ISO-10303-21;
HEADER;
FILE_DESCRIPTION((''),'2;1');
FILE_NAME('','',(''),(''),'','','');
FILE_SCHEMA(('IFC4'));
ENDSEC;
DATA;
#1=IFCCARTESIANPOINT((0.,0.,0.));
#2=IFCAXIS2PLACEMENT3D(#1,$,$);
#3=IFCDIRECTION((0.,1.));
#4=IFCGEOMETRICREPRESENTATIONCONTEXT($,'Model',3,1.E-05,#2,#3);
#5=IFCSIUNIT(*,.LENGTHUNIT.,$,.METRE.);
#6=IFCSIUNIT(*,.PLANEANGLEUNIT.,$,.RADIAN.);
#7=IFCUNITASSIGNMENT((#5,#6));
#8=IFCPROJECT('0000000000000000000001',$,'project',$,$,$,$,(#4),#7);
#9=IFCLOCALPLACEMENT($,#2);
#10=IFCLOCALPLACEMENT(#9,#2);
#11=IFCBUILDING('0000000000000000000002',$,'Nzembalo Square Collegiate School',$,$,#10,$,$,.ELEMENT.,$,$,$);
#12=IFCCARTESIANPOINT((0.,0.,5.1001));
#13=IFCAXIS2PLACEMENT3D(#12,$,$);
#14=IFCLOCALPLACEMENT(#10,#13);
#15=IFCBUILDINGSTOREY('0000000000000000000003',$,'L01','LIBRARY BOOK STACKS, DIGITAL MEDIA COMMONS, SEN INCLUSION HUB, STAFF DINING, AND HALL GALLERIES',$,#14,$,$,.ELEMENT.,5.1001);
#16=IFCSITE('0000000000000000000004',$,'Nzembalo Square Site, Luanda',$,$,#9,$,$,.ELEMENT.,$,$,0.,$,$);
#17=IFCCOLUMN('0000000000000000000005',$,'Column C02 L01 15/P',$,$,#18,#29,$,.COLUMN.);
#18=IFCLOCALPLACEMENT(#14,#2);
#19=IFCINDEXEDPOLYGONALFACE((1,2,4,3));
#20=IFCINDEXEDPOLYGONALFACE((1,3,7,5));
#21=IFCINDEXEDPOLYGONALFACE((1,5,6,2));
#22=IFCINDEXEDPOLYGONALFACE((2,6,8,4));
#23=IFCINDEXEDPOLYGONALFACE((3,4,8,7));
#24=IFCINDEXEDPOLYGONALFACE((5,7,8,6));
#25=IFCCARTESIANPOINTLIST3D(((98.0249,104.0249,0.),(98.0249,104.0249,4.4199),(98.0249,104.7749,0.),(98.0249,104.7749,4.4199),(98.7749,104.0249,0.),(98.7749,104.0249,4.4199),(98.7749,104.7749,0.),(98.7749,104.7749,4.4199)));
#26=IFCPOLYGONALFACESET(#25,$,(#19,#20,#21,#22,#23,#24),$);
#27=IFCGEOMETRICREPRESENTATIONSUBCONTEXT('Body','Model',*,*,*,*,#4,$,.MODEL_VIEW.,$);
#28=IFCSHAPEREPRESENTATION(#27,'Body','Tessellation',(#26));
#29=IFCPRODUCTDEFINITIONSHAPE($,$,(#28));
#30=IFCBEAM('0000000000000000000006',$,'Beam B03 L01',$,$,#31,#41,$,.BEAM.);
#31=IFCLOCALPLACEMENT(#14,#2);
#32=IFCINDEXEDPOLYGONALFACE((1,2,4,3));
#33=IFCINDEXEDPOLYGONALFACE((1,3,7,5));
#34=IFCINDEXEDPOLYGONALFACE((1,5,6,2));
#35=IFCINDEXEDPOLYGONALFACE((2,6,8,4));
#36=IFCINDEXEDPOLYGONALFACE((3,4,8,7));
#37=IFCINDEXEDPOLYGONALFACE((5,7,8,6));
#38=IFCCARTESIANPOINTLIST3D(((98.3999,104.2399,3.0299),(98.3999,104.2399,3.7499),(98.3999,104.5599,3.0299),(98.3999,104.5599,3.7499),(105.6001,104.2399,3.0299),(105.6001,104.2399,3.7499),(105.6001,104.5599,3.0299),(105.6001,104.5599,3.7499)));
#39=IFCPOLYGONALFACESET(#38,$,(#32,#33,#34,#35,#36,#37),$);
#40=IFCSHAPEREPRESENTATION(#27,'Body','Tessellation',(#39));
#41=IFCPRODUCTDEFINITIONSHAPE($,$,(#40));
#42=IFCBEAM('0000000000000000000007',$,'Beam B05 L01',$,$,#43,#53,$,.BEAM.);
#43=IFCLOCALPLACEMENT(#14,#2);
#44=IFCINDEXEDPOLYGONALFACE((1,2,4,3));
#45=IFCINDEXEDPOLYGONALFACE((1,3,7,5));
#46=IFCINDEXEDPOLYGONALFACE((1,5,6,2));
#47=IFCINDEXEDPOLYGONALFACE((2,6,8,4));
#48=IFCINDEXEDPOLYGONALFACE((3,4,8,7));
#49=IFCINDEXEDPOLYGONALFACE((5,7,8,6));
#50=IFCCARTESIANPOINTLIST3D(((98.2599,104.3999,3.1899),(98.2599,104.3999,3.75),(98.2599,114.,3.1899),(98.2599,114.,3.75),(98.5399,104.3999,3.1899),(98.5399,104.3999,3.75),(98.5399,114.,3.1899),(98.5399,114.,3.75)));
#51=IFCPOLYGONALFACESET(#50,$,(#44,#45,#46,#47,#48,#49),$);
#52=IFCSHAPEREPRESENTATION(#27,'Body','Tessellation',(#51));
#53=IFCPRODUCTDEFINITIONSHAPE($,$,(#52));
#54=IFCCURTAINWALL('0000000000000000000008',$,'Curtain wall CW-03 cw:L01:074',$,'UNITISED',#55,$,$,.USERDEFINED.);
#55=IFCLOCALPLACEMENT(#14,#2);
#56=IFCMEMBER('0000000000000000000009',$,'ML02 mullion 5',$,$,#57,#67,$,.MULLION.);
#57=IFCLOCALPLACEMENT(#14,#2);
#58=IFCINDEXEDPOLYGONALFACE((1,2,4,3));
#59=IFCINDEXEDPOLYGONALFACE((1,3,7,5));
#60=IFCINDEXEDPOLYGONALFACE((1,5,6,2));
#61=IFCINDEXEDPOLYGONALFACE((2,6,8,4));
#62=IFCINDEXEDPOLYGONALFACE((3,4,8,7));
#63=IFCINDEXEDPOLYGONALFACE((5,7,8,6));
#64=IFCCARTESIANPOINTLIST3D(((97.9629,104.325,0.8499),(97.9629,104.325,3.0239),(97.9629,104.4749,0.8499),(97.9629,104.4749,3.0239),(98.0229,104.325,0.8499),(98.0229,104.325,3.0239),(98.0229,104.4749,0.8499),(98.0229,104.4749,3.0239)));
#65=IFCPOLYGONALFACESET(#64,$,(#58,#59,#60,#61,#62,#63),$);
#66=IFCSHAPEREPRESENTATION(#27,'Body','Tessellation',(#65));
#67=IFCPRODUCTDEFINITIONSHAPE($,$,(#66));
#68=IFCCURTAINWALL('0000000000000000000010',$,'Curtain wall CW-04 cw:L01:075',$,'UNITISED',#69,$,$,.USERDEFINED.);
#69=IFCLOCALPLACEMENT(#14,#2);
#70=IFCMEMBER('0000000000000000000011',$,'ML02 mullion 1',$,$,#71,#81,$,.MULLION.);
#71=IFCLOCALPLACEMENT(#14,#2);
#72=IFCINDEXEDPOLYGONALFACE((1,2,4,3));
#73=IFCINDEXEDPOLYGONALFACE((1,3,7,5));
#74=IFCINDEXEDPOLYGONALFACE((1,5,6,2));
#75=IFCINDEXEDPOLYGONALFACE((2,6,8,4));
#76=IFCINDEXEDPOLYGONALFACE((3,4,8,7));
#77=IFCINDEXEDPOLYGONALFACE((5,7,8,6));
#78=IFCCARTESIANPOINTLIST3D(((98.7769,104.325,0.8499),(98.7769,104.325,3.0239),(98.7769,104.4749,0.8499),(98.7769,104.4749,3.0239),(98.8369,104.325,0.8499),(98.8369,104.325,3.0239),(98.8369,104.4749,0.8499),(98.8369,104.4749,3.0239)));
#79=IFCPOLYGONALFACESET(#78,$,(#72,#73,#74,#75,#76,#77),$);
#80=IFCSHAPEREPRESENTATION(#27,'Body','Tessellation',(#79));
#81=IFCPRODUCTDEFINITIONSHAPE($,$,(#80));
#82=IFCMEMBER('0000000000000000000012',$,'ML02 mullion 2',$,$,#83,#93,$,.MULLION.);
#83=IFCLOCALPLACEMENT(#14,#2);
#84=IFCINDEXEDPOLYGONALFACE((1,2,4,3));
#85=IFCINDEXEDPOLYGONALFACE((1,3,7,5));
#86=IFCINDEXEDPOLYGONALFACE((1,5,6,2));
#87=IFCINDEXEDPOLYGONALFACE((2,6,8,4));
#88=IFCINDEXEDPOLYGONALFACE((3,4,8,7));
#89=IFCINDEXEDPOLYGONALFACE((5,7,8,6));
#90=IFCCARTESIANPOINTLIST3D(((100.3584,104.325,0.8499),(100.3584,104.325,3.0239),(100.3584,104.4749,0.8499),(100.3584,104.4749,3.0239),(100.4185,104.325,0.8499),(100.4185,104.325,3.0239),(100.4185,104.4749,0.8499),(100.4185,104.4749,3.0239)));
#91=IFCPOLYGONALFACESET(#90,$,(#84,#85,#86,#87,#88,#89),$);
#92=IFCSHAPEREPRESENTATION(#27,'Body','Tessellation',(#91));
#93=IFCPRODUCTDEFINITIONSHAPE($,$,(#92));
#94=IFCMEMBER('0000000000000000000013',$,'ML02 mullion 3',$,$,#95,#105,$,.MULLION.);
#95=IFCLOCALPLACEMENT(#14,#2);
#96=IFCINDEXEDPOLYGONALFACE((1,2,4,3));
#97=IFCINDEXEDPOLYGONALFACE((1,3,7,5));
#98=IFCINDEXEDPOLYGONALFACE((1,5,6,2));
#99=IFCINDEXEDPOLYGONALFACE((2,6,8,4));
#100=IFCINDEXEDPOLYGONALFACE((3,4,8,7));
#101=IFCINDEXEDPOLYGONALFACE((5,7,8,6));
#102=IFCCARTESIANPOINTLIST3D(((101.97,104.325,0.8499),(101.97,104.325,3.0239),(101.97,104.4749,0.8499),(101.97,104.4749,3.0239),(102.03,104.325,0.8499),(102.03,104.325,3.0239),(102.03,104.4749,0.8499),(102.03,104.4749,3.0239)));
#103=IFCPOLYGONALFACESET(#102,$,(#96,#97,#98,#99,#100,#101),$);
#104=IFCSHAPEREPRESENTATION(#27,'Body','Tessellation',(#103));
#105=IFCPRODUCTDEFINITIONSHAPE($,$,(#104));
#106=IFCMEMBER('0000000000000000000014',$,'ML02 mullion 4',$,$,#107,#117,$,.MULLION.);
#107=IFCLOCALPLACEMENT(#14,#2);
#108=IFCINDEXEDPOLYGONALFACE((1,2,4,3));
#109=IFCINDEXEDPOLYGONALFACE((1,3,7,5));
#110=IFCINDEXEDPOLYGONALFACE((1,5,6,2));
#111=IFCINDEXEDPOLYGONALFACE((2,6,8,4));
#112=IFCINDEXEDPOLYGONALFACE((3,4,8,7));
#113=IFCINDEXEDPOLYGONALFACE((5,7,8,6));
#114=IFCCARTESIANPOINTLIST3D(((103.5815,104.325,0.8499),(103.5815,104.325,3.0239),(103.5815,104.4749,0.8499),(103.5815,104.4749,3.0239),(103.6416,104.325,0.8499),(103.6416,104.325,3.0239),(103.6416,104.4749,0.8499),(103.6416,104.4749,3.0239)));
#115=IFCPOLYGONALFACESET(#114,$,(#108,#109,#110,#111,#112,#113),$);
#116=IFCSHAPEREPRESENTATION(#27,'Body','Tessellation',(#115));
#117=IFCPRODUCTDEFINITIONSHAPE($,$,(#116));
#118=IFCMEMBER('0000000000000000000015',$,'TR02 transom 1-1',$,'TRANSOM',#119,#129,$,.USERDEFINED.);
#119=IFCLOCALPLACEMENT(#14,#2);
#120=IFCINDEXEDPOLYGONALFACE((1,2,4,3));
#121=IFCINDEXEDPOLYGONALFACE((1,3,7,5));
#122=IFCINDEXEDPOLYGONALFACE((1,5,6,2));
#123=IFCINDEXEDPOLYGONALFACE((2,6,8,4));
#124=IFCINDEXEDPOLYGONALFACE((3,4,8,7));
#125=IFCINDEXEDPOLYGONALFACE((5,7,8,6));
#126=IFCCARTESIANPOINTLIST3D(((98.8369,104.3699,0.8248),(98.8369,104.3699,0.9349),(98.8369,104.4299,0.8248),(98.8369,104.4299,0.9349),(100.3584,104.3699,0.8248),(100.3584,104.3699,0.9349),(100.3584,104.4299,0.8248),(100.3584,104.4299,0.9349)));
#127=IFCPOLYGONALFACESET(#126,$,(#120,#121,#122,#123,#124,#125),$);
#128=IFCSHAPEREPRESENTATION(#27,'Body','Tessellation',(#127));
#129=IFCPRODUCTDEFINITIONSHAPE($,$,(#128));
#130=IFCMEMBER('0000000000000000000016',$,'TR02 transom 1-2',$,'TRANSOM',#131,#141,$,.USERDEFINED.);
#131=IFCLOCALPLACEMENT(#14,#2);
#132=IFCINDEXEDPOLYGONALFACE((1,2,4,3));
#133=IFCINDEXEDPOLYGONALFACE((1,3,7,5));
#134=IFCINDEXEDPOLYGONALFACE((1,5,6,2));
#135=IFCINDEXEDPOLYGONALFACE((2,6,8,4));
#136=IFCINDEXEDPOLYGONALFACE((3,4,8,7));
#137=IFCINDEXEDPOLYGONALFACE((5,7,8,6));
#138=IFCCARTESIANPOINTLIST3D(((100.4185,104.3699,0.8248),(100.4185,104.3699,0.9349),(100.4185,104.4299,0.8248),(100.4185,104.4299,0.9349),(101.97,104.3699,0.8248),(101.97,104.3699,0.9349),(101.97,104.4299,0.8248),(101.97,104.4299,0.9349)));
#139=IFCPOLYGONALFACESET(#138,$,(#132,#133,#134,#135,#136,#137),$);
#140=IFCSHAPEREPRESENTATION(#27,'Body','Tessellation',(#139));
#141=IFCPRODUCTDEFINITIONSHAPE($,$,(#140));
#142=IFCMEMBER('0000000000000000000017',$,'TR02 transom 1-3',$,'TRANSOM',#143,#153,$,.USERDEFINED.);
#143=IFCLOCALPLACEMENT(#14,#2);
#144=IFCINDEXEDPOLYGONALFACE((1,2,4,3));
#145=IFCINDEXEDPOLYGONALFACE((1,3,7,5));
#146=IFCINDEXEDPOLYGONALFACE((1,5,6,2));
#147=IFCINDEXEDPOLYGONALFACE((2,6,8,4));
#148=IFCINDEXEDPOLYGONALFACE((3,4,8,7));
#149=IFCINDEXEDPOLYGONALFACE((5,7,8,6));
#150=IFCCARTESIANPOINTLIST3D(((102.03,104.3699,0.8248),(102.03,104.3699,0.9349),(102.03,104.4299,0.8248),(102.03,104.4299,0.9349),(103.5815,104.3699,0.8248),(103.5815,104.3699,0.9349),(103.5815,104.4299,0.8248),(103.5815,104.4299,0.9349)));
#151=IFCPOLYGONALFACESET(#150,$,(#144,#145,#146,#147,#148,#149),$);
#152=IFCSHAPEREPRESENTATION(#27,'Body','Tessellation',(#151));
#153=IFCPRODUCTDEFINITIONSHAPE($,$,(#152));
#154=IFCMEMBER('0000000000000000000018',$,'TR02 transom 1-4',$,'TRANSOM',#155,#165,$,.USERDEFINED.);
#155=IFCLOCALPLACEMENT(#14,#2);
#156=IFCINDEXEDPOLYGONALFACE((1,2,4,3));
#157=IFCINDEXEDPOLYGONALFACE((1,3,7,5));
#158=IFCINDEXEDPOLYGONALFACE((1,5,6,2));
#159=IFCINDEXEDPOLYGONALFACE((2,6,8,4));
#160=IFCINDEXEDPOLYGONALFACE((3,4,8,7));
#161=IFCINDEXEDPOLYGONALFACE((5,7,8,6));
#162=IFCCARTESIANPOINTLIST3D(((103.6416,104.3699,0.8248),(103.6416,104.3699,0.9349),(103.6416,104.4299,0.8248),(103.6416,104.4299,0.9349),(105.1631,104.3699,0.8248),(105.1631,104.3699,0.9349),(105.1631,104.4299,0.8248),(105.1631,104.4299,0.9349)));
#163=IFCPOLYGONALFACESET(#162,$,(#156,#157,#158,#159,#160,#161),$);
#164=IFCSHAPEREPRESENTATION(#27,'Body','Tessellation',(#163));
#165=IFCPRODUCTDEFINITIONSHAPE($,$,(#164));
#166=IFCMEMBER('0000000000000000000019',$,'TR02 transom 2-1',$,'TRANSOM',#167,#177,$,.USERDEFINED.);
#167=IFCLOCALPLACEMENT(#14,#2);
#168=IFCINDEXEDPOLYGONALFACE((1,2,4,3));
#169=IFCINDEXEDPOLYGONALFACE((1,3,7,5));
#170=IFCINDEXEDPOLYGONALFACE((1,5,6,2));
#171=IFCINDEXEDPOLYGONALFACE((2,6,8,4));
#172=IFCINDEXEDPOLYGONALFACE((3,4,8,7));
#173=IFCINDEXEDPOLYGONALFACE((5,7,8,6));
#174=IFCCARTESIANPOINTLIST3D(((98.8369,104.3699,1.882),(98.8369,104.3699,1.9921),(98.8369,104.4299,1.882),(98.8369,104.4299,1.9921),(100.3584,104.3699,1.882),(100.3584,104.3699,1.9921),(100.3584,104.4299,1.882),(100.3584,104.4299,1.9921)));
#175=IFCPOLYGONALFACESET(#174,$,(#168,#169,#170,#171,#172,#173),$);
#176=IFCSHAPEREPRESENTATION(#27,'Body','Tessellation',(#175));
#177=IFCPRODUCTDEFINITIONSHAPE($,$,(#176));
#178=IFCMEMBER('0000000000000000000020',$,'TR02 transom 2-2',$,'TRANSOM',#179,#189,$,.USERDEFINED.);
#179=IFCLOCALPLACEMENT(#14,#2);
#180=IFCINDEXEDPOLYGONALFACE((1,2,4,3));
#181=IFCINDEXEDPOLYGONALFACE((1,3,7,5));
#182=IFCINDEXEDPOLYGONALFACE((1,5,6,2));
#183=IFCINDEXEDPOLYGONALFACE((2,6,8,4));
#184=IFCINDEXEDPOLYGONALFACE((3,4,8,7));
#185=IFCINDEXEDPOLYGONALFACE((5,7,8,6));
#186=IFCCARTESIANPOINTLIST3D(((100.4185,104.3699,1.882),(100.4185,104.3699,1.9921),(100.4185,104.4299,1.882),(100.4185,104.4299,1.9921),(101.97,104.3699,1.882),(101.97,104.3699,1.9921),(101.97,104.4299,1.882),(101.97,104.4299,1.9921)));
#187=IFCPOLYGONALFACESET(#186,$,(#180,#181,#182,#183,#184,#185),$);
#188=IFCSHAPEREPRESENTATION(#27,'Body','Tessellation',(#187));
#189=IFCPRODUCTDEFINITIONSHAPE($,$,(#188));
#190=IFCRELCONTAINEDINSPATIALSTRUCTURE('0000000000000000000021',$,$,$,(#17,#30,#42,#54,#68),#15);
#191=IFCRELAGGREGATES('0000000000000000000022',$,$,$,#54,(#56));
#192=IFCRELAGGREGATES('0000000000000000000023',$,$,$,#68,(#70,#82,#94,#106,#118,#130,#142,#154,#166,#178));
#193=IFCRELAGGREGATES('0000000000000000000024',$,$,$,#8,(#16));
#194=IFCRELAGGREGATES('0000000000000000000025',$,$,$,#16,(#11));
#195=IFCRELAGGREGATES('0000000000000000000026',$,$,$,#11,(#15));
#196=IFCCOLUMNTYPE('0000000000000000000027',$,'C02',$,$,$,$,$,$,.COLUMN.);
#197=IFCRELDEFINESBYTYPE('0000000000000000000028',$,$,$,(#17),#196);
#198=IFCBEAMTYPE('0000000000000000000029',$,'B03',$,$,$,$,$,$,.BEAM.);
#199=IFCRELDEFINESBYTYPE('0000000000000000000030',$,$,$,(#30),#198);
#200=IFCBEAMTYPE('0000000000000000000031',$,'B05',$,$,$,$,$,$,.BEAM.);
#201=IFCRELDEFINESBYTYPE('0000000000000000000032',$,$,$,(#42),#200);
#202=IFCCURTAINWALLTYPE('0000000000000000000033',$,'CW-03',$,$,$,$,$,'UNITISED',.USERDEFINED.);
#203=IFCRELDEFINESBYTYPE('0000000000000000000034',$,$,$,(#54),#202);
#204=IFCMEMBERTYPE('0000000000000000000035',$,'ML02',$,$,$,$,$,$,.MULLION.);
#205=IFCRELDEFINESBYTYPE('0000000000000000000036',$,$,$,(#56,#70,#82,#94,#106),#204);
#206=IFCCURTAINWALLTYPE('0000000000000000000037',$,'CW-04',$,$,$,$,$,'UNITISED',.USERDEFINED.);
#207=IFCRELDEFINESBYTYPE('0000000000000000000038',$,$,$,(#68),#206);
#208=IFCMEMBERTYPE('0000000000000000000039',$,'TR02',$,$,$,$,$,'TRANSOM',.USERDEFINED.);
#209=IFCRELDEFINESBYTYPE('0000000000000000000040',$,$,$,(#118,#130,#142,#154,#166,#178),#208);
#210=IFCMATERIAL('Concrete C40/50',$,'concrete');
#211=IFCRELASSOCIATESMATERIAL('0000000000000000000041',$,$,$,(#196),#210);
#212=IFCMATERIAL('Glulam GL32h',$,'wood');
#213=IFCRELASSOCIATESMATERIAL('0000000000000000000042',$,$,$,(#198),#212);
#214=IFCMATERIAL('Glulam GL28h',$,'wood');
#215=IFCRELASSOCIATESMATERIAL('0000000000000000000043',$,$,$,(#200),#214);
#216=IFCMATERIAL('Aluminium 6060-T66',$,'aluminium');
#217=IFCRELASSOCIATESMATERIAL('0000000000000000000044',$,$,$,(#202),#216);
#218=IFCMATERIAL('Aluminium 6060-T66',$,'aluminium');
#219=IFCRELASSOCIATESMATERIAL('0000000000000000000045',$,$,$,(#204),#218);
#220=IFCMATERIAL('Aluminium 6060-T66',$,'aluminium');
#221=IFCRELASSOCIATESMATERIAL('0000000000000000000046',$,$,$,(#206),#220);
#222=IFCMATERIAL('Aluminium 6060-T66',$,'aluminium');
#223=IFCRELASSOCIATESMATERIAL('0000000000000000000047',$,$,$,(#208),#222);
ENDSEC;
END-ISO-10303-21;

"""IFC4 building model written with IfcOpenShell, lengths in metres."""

from ifc_helpers import new_model, si_unit, direction, frame, origin, origin_2d, place, context, subcontext, project, spatial, rectangle, extrude, material, material_profile, profile_set, type_object, element, aggregate, save


model = new_model("IFC4")

# Units and contexts
model_context = context("Model", 3, precision=1e-05, world=origin(), true_north=direction((0.0, 1.0)))
body_context = subcontext(model_context, "Body", "Model", "MODEL_VIEW")
ifc_project = project(units=[si_unit("LENGTHUNIT", "METRE"), si_unit("PLANEANGLEUNIT", "RADIAN")], contexts=[model_context])

# Site, building, storey
site_placement = place(None, origin())
site = spatial("IfcSite", under=ifc_project, at=site_placement, Name="Nzembalo Square Site, Luanda", CompositionType="ELEMENT", RefElevation=0.0)
building_placement = place(site_placement, origin())
building = spatial("IfcBuilding", under=site, at=building_placement, Name="Nzembalo Square Collegiate School", CompositionType="ELEMENT")
storey_placement = place(building_placement, frame((0.0, 0.0, 5.1001)))
storey = spatial("IfcBuildingStorey", under=building, at=storey_placement, Name="L01", Description="LIBRARY BOOK STACKS, DIGITAL MEDIA COMMONS, SEN INCLUSION HUB, STAFF DINING, AND HALL GALLERIES", CompositionType="ELEMENT", Elevation=5.1001)

# Column
ifc_material_1 = material(Name="Concrete C40/50", Category="concrete")
ifc_material_profile_1 = material_profile(ifc_material_1, rectangle(XDim=0.75, YDim=0.75, at=origin_2d()), Name="RC 750x750")
ifc_profile_set_1 = profile_set([ifc_material_profile_1], Name="Concrete C40/50")
column_type = type_object("IfcColumnType", Name="C02", PredefinedType="COLUMN", material=ifc_profile_set_1)
column_placement = place(storey_placement, frame((98.3999, 104.3999, 0.0), z_axis=(0.0, 0.0, 1.0), x_axis=(1.0, 0.0, 0.0)))
element("IfcColumn", 1, at=column_placement, inside=storey, type_object=column_type, Name="Column C02 L01 15/P", PredefinedType="COLUMN", context=body_context, shape_type="SweptSolid", body=[
    extrude(rectangle(XDim=0.75, YDim=0.75, at=origin_2d()), origin(), (0.0, 0.0, 1.0), 4.4199),
])

# Beams
ifc_material_2 = material(Name="Glulam GL32h", Category="wood")
ifc_material_profile_2 = material_profile(ifc_material_2, rectangle(XDim=0.3201, YDim=0.72, at=origin_2d()), Name="GL32h 320x720")
ifc_profile_set_2 = profile_set([ifc_material_profile_2], Name="Glulam GL32h")
beam_type_1 = type_object("IfcBeamType", Name="B03", PredefinedType="BEAM", material=ifc_profile_set_2)
beam_1_placement = place(storey_placement, frame((98.3999, 104.3999, 3.3899), z_axis=(1.0, 0.0, 0.0), x_axis=(0.0, 1.0, 0.0)))
element("IfcBeam", 2, at=beam_1_placement, inside=storey, type_object=beam_type_1, Name="Beam B03 L01", PredefinedType="BEAM", context=body_context, shape_type="SweptSolid", body=[
    extrude(rectangle(XDim=0.3201, YDim=0.72, at=origin_2d()), origin(), (0.0, 0.0, 1.0), 7.2002),
])
ifc_material_3 = material(Name="Glulam GL28h", Category="wood")
ifc_material_profile_3 = material_profile(ifc_material_3, rectangle(XDim=0.28, YDim=0.5601, at=origin_2d()), Name="GL28h 280x560")
ifc_profile_set_3 = profile_set([ifc_material_profile_3], Name="Glulam GL28h")
beam_type_2 = type_object("IfcBeamType", Name="B05", PredefinedType="BEAM", material=ifc_profile_set_3)
beam_2_placement = place(storey_placement, frame((98.3999, 104.3999, 3.47), z_axis=(0.0, 1.0, 0.0), x_axis=(-1.0, 0.0, 0.0)))
element("IfcBeam", 3, at=beam_2_placement, inside=storey, type_object=beam_type_2, Name="Beam B05 L01", PredefinedType="BEAM", context=body_context, shape_type="SweptSolid", body=[
    extrude(rectangle(XDim=0.28, YDim=0.5601, at=origin_2d()), origin(), (0.0, 0.0, 1.0), 9.6001),
])

# Curtain wall, member
ifc_material_4 = material(Name="Aluminium 6060-T66", Category="aluminium")
curtain_wall_type_1 = type_object("IfcCurtainWallType", Name="CW-03", ElementType="UNITISED", PredefinedType="USERDEFINED", material=ifc_material_4)
curtain_wall_1_placement = place(storey_placement, origin())
curtain_wall_1 = element("IfcCurtainWall", 4, at=curtain_wall_1_placement, inside=storey, type_object=curtain_wall_type_1, Name="Curtain wall CW-03 cw:L01:074", ObjectType="UNITISED", PredefinedType="USERDEFINED")
ifc_material_5 = material(Name="Aluminium 6060-T66", Category="aluminium")
ifc_material_profile_4 = material_profile(ifc_material_5, rectangle(XDim=0.0601, YDim=0.1499, at=origin_2d()), Name="ALU M60x150")
ifc_profile_set_4 = profile_set([ifc_material_profile_4], Name="Aluminium 6060-T66")
member_type_1 = type_object("IfcMemberType", Name="ML02", PredefinedType="MULLION", material=ifc_profile_set_4)
member_1_placement = place(storey_placement, frame((97.9929, 104.3999, 0.8499), z_axis=(0.0, 0.0, 1.0), x_axis=(1.0, 0.0, 0.0)))
member_1 = element("IfcMember", 5, at=member_1_placement, type_object=member_type_1, Name="ML02 mullion 5", PredefinedType="MULLION", context=body_context, shape_type="SweptSolid", body=[
    extrude(rectangle(XDim=0.0601, YDim=0.1499, at=origin_2d()), origin(), (0.0, 0.0, 1.0), 2.1741),
])
aggregate(curtain_wall_1, [member_1])

# Curtain wall, members
ifc_material_6 = material(Name="Aluminium 6060-T66", Category="aluminium")
curtain_wall_type_2 = type_object("IfcCurtainWallType", Name="CW-04", ElementType="UNITISED", PredefinedType="USERDEFINED", material=ifc_material_6)
curtain_wall_2_placement = place(storey_placement, origin())
curtain_wall_2 = element("IfcCurtainWall", 6, at=curtain_wall_2_placement, inside=storey, type_object=curtain_wall_type_2, Name="Curtain wall CW-04 cw:L01:075", ObjectType="UNITISED", PredefinedType="USERDEFINED")
member_2_placement = place(storey_placement, frame((98.8069, 104.3999, 0.8499), z_axis=(0.0, 0.0, 1.0), x_axis=(1.0, 0.0, 0.0)))
member_2 = element("IfcMember", 7, at=member_2_placement, type_object=member_type_1, Name="ML02 mullion 1", PredefinedType="MULLION", context=body_context, shape_type="SweptSolid", body=[
    extrude(rectangle(XDim=0.0601, YDim=0.1499, at=origin_2d()), origin(), (0.0, 0.0, 1.0), 2.1741),
])
member_3_placement = place(storey_placement, frame((100.3884, 104.3999, 0.8499), z_axis=(0.0, 0.0, 1.0), x_axis=(1.0, 0.0, 0.0)))
member_3 = element("IfcMember", 8, at=member_3_placement, type_object=member_type_1, Name="ML02 mullion 2", PredefinedType="MULLION", context=body_context, shape_type="SweptSolid", body=[
    extrude(rectangle(XDim=0.0601, YDim=0.1499, at=origin_2d()), origin(), (0.0, 0.0, 1.0), 2.1741),
])
member_4_placement = place(storey_placement, frame((102.0, 104.3999, 0.8499), z_axis=(0.0, 0.0, 1.0), x_axis=(1.0, 0.0, 0.0)))
member_4 = element("IfcMember", 9, at=member_4_placement, type_object=member_type_1, Name="ML02 mullion 3", PredefinedType="MULLION", context=body_context, shape_type="SweptSolid", body=[
    extrude(rectangle(XDim=0.0601, YDim=0.1499, at=origin_2d()), origin(), (0.0, 0.0, 1.0), 2.1741),
])
member_5_placement = place(storey_placement, frame((103.6116, 104.3999, 0.8499), z_axis=(0.0, 0.0, 1.0), x_axis=(1.0, 0.0, 0.0)))
member_5 = element("IfcMember", 10, at=member_5_placement, type_object=member_type_1, Name="ML02 mullion 4", PredefinedType="MULLION", context=body_context, shape_type="SweptSolid", body=[
    extrude(rectangle(XDim=0.0601, YDim=0.1499, at=origin_2d()), origin(), (0.0, 0.0, 1.0), 2.1741),
])
ifc_material_7 = material(Name="Aluminium 6060-T66", Category="aluminium")
ifc_material_profile_5 = material_profile(ifc_material_7, rectangle(XDim=0.0601, YDim=0.1101, at=origin_2d()), Name="ALU T60x110")
ifc_profile_set_5 = profile_set([ifc_material_profile_5], Name="Aluminium 6060-T66")
member_type_2 = type_object("IfcMemberType", Name="TR02", ElementType="TRANSOM", PredefinedType="USERDEFINED", material=ifc_profile_set_5)
member_6_placement = place(storey_placement, frame((98.8369, 104.3999, 0.8799), z_axis=(1.0, 0.0, 0.0), x_axis=(0.0, 1.0, 0.0)))
member_6 = element("IfcMember", 11, at=member_6_placement, type_object=member_type_2, Name="TR02 transom 1-1", ObjectType="TRANSOM", PredefinedType="USERDEFINED", context=body_context, shape_type="SweptSolid", body=[
    extrude(rectangle(XDim=0.0601, YDim=0.1101, at=origin_2d()), origin(), (0.0, 0.0, 1.0), 1.5215),
])
member_7_placement = place(storey_placement, frame((100.4185, 104.3999, 0.8799), z_axis=(1.0, 0.0, 0.0), x_axis=(0.0, 1.0, 0.0)))
member_7 = element("IfcMember", 12, at=member_7_placement, type_object=member_type_2, Name="TR02 transom 1-2", ObjectType="TRANSOM", PredefinedType="USERDEFINED", context=body_context, shape_type="SweptSolid", body=[
    extrude(rectangle(XDim=0.0601, YDim=0.1101, at=origin_2d()), origin(), (0.0, 0.0, 1.0), 1.5515),
])
member_8_placement = place(storey_placement, frame((102.03, 104.3999, 0.8799), z_axis=(1.0, 0.0, 0.0), x_axis=(0.0, 1.0, 0.0)))
member_8 = element("IfcMember", 13, at=member_8_placement, type_object=member_type_2, Name="TR02 transom 1-3", ObjectType="TRANSOM", PredefinedType="USERDEFINED", context=body_context, shape_type="SweptSolid", body=[
    extrude(rectangle(XDim=0.0601, YDim=0.1101, at=origin_2d()), origin(), (0.0, 0.0, 1.0), 1.5515),
])
member_9_placement = place(storey_placement, frame((103.6416, 104.3999, 0.8799), z_axis=(1.0, 0.0, 0.0), x_axis=(0.0, 1.0, 0.0)))
member_9 = element("IfcMember", 14, at=member_9_placement, type_object=member_type_2, Name="TR02 transom 1-4", ObjectType="TRANSOM", PredefinedType="USERDEFINED", context=body_context, shape_type="SweptSolid", body=[
    extrude(rectangle(XDim=0.0601, YDim=0.1101, at=origin_2d()), origin(), (0.0, 0.0, 1.0), 1.5215),
])
member_10_placement = place(storey_placement, frame((98.8369, 104.3999, 1.937), z_axis=(1.0, 0.0, 0.0), x_axis=(0.0, 1.0, 0.0)))
member_10 = element("IfcMember", 15, at=member_10_placement, type_object=member_type_2, Name="TR02 transom 2-1", ObjectType="TRANSOM", PredefinedType="USERDEFINED", context=body_context, shape_type="SweptSolid", body=[
    extrude(rectangle(XDim=0.0601, YDim=0.1101, at=origin_2d()), origin(), (0.0, 0.0, 1.0), 1.5215),
])
member_11_placement = place(storey_placement, frame((100.4185, 104.3999, 1.937), z_axis=(1.0, 0.0, 0.0), x_axis=(0.0, 1.0, 0.0)))
member_11 = element("IfcMember", 16, at=member_11_placement, type_object=member_type_2, Name="TR02 transom 2-2", ObjectType="TRANSOM", PredefinedType="USERDEFINED", context=body_context, shape_type="SweptSolid", body=[
    extrude(rectangle(XDim=0.0601, YDim=0.1101, at=origin_2d()), origin(), (0.0, 0.0, 1.0), 1.5515),
])
aggregate(curtain_wall_2, [member_2, member_3, member_4, member_5, member_6, member_7, member_8, member_9, member_10, member_11])

save(model, "model.ifc")
